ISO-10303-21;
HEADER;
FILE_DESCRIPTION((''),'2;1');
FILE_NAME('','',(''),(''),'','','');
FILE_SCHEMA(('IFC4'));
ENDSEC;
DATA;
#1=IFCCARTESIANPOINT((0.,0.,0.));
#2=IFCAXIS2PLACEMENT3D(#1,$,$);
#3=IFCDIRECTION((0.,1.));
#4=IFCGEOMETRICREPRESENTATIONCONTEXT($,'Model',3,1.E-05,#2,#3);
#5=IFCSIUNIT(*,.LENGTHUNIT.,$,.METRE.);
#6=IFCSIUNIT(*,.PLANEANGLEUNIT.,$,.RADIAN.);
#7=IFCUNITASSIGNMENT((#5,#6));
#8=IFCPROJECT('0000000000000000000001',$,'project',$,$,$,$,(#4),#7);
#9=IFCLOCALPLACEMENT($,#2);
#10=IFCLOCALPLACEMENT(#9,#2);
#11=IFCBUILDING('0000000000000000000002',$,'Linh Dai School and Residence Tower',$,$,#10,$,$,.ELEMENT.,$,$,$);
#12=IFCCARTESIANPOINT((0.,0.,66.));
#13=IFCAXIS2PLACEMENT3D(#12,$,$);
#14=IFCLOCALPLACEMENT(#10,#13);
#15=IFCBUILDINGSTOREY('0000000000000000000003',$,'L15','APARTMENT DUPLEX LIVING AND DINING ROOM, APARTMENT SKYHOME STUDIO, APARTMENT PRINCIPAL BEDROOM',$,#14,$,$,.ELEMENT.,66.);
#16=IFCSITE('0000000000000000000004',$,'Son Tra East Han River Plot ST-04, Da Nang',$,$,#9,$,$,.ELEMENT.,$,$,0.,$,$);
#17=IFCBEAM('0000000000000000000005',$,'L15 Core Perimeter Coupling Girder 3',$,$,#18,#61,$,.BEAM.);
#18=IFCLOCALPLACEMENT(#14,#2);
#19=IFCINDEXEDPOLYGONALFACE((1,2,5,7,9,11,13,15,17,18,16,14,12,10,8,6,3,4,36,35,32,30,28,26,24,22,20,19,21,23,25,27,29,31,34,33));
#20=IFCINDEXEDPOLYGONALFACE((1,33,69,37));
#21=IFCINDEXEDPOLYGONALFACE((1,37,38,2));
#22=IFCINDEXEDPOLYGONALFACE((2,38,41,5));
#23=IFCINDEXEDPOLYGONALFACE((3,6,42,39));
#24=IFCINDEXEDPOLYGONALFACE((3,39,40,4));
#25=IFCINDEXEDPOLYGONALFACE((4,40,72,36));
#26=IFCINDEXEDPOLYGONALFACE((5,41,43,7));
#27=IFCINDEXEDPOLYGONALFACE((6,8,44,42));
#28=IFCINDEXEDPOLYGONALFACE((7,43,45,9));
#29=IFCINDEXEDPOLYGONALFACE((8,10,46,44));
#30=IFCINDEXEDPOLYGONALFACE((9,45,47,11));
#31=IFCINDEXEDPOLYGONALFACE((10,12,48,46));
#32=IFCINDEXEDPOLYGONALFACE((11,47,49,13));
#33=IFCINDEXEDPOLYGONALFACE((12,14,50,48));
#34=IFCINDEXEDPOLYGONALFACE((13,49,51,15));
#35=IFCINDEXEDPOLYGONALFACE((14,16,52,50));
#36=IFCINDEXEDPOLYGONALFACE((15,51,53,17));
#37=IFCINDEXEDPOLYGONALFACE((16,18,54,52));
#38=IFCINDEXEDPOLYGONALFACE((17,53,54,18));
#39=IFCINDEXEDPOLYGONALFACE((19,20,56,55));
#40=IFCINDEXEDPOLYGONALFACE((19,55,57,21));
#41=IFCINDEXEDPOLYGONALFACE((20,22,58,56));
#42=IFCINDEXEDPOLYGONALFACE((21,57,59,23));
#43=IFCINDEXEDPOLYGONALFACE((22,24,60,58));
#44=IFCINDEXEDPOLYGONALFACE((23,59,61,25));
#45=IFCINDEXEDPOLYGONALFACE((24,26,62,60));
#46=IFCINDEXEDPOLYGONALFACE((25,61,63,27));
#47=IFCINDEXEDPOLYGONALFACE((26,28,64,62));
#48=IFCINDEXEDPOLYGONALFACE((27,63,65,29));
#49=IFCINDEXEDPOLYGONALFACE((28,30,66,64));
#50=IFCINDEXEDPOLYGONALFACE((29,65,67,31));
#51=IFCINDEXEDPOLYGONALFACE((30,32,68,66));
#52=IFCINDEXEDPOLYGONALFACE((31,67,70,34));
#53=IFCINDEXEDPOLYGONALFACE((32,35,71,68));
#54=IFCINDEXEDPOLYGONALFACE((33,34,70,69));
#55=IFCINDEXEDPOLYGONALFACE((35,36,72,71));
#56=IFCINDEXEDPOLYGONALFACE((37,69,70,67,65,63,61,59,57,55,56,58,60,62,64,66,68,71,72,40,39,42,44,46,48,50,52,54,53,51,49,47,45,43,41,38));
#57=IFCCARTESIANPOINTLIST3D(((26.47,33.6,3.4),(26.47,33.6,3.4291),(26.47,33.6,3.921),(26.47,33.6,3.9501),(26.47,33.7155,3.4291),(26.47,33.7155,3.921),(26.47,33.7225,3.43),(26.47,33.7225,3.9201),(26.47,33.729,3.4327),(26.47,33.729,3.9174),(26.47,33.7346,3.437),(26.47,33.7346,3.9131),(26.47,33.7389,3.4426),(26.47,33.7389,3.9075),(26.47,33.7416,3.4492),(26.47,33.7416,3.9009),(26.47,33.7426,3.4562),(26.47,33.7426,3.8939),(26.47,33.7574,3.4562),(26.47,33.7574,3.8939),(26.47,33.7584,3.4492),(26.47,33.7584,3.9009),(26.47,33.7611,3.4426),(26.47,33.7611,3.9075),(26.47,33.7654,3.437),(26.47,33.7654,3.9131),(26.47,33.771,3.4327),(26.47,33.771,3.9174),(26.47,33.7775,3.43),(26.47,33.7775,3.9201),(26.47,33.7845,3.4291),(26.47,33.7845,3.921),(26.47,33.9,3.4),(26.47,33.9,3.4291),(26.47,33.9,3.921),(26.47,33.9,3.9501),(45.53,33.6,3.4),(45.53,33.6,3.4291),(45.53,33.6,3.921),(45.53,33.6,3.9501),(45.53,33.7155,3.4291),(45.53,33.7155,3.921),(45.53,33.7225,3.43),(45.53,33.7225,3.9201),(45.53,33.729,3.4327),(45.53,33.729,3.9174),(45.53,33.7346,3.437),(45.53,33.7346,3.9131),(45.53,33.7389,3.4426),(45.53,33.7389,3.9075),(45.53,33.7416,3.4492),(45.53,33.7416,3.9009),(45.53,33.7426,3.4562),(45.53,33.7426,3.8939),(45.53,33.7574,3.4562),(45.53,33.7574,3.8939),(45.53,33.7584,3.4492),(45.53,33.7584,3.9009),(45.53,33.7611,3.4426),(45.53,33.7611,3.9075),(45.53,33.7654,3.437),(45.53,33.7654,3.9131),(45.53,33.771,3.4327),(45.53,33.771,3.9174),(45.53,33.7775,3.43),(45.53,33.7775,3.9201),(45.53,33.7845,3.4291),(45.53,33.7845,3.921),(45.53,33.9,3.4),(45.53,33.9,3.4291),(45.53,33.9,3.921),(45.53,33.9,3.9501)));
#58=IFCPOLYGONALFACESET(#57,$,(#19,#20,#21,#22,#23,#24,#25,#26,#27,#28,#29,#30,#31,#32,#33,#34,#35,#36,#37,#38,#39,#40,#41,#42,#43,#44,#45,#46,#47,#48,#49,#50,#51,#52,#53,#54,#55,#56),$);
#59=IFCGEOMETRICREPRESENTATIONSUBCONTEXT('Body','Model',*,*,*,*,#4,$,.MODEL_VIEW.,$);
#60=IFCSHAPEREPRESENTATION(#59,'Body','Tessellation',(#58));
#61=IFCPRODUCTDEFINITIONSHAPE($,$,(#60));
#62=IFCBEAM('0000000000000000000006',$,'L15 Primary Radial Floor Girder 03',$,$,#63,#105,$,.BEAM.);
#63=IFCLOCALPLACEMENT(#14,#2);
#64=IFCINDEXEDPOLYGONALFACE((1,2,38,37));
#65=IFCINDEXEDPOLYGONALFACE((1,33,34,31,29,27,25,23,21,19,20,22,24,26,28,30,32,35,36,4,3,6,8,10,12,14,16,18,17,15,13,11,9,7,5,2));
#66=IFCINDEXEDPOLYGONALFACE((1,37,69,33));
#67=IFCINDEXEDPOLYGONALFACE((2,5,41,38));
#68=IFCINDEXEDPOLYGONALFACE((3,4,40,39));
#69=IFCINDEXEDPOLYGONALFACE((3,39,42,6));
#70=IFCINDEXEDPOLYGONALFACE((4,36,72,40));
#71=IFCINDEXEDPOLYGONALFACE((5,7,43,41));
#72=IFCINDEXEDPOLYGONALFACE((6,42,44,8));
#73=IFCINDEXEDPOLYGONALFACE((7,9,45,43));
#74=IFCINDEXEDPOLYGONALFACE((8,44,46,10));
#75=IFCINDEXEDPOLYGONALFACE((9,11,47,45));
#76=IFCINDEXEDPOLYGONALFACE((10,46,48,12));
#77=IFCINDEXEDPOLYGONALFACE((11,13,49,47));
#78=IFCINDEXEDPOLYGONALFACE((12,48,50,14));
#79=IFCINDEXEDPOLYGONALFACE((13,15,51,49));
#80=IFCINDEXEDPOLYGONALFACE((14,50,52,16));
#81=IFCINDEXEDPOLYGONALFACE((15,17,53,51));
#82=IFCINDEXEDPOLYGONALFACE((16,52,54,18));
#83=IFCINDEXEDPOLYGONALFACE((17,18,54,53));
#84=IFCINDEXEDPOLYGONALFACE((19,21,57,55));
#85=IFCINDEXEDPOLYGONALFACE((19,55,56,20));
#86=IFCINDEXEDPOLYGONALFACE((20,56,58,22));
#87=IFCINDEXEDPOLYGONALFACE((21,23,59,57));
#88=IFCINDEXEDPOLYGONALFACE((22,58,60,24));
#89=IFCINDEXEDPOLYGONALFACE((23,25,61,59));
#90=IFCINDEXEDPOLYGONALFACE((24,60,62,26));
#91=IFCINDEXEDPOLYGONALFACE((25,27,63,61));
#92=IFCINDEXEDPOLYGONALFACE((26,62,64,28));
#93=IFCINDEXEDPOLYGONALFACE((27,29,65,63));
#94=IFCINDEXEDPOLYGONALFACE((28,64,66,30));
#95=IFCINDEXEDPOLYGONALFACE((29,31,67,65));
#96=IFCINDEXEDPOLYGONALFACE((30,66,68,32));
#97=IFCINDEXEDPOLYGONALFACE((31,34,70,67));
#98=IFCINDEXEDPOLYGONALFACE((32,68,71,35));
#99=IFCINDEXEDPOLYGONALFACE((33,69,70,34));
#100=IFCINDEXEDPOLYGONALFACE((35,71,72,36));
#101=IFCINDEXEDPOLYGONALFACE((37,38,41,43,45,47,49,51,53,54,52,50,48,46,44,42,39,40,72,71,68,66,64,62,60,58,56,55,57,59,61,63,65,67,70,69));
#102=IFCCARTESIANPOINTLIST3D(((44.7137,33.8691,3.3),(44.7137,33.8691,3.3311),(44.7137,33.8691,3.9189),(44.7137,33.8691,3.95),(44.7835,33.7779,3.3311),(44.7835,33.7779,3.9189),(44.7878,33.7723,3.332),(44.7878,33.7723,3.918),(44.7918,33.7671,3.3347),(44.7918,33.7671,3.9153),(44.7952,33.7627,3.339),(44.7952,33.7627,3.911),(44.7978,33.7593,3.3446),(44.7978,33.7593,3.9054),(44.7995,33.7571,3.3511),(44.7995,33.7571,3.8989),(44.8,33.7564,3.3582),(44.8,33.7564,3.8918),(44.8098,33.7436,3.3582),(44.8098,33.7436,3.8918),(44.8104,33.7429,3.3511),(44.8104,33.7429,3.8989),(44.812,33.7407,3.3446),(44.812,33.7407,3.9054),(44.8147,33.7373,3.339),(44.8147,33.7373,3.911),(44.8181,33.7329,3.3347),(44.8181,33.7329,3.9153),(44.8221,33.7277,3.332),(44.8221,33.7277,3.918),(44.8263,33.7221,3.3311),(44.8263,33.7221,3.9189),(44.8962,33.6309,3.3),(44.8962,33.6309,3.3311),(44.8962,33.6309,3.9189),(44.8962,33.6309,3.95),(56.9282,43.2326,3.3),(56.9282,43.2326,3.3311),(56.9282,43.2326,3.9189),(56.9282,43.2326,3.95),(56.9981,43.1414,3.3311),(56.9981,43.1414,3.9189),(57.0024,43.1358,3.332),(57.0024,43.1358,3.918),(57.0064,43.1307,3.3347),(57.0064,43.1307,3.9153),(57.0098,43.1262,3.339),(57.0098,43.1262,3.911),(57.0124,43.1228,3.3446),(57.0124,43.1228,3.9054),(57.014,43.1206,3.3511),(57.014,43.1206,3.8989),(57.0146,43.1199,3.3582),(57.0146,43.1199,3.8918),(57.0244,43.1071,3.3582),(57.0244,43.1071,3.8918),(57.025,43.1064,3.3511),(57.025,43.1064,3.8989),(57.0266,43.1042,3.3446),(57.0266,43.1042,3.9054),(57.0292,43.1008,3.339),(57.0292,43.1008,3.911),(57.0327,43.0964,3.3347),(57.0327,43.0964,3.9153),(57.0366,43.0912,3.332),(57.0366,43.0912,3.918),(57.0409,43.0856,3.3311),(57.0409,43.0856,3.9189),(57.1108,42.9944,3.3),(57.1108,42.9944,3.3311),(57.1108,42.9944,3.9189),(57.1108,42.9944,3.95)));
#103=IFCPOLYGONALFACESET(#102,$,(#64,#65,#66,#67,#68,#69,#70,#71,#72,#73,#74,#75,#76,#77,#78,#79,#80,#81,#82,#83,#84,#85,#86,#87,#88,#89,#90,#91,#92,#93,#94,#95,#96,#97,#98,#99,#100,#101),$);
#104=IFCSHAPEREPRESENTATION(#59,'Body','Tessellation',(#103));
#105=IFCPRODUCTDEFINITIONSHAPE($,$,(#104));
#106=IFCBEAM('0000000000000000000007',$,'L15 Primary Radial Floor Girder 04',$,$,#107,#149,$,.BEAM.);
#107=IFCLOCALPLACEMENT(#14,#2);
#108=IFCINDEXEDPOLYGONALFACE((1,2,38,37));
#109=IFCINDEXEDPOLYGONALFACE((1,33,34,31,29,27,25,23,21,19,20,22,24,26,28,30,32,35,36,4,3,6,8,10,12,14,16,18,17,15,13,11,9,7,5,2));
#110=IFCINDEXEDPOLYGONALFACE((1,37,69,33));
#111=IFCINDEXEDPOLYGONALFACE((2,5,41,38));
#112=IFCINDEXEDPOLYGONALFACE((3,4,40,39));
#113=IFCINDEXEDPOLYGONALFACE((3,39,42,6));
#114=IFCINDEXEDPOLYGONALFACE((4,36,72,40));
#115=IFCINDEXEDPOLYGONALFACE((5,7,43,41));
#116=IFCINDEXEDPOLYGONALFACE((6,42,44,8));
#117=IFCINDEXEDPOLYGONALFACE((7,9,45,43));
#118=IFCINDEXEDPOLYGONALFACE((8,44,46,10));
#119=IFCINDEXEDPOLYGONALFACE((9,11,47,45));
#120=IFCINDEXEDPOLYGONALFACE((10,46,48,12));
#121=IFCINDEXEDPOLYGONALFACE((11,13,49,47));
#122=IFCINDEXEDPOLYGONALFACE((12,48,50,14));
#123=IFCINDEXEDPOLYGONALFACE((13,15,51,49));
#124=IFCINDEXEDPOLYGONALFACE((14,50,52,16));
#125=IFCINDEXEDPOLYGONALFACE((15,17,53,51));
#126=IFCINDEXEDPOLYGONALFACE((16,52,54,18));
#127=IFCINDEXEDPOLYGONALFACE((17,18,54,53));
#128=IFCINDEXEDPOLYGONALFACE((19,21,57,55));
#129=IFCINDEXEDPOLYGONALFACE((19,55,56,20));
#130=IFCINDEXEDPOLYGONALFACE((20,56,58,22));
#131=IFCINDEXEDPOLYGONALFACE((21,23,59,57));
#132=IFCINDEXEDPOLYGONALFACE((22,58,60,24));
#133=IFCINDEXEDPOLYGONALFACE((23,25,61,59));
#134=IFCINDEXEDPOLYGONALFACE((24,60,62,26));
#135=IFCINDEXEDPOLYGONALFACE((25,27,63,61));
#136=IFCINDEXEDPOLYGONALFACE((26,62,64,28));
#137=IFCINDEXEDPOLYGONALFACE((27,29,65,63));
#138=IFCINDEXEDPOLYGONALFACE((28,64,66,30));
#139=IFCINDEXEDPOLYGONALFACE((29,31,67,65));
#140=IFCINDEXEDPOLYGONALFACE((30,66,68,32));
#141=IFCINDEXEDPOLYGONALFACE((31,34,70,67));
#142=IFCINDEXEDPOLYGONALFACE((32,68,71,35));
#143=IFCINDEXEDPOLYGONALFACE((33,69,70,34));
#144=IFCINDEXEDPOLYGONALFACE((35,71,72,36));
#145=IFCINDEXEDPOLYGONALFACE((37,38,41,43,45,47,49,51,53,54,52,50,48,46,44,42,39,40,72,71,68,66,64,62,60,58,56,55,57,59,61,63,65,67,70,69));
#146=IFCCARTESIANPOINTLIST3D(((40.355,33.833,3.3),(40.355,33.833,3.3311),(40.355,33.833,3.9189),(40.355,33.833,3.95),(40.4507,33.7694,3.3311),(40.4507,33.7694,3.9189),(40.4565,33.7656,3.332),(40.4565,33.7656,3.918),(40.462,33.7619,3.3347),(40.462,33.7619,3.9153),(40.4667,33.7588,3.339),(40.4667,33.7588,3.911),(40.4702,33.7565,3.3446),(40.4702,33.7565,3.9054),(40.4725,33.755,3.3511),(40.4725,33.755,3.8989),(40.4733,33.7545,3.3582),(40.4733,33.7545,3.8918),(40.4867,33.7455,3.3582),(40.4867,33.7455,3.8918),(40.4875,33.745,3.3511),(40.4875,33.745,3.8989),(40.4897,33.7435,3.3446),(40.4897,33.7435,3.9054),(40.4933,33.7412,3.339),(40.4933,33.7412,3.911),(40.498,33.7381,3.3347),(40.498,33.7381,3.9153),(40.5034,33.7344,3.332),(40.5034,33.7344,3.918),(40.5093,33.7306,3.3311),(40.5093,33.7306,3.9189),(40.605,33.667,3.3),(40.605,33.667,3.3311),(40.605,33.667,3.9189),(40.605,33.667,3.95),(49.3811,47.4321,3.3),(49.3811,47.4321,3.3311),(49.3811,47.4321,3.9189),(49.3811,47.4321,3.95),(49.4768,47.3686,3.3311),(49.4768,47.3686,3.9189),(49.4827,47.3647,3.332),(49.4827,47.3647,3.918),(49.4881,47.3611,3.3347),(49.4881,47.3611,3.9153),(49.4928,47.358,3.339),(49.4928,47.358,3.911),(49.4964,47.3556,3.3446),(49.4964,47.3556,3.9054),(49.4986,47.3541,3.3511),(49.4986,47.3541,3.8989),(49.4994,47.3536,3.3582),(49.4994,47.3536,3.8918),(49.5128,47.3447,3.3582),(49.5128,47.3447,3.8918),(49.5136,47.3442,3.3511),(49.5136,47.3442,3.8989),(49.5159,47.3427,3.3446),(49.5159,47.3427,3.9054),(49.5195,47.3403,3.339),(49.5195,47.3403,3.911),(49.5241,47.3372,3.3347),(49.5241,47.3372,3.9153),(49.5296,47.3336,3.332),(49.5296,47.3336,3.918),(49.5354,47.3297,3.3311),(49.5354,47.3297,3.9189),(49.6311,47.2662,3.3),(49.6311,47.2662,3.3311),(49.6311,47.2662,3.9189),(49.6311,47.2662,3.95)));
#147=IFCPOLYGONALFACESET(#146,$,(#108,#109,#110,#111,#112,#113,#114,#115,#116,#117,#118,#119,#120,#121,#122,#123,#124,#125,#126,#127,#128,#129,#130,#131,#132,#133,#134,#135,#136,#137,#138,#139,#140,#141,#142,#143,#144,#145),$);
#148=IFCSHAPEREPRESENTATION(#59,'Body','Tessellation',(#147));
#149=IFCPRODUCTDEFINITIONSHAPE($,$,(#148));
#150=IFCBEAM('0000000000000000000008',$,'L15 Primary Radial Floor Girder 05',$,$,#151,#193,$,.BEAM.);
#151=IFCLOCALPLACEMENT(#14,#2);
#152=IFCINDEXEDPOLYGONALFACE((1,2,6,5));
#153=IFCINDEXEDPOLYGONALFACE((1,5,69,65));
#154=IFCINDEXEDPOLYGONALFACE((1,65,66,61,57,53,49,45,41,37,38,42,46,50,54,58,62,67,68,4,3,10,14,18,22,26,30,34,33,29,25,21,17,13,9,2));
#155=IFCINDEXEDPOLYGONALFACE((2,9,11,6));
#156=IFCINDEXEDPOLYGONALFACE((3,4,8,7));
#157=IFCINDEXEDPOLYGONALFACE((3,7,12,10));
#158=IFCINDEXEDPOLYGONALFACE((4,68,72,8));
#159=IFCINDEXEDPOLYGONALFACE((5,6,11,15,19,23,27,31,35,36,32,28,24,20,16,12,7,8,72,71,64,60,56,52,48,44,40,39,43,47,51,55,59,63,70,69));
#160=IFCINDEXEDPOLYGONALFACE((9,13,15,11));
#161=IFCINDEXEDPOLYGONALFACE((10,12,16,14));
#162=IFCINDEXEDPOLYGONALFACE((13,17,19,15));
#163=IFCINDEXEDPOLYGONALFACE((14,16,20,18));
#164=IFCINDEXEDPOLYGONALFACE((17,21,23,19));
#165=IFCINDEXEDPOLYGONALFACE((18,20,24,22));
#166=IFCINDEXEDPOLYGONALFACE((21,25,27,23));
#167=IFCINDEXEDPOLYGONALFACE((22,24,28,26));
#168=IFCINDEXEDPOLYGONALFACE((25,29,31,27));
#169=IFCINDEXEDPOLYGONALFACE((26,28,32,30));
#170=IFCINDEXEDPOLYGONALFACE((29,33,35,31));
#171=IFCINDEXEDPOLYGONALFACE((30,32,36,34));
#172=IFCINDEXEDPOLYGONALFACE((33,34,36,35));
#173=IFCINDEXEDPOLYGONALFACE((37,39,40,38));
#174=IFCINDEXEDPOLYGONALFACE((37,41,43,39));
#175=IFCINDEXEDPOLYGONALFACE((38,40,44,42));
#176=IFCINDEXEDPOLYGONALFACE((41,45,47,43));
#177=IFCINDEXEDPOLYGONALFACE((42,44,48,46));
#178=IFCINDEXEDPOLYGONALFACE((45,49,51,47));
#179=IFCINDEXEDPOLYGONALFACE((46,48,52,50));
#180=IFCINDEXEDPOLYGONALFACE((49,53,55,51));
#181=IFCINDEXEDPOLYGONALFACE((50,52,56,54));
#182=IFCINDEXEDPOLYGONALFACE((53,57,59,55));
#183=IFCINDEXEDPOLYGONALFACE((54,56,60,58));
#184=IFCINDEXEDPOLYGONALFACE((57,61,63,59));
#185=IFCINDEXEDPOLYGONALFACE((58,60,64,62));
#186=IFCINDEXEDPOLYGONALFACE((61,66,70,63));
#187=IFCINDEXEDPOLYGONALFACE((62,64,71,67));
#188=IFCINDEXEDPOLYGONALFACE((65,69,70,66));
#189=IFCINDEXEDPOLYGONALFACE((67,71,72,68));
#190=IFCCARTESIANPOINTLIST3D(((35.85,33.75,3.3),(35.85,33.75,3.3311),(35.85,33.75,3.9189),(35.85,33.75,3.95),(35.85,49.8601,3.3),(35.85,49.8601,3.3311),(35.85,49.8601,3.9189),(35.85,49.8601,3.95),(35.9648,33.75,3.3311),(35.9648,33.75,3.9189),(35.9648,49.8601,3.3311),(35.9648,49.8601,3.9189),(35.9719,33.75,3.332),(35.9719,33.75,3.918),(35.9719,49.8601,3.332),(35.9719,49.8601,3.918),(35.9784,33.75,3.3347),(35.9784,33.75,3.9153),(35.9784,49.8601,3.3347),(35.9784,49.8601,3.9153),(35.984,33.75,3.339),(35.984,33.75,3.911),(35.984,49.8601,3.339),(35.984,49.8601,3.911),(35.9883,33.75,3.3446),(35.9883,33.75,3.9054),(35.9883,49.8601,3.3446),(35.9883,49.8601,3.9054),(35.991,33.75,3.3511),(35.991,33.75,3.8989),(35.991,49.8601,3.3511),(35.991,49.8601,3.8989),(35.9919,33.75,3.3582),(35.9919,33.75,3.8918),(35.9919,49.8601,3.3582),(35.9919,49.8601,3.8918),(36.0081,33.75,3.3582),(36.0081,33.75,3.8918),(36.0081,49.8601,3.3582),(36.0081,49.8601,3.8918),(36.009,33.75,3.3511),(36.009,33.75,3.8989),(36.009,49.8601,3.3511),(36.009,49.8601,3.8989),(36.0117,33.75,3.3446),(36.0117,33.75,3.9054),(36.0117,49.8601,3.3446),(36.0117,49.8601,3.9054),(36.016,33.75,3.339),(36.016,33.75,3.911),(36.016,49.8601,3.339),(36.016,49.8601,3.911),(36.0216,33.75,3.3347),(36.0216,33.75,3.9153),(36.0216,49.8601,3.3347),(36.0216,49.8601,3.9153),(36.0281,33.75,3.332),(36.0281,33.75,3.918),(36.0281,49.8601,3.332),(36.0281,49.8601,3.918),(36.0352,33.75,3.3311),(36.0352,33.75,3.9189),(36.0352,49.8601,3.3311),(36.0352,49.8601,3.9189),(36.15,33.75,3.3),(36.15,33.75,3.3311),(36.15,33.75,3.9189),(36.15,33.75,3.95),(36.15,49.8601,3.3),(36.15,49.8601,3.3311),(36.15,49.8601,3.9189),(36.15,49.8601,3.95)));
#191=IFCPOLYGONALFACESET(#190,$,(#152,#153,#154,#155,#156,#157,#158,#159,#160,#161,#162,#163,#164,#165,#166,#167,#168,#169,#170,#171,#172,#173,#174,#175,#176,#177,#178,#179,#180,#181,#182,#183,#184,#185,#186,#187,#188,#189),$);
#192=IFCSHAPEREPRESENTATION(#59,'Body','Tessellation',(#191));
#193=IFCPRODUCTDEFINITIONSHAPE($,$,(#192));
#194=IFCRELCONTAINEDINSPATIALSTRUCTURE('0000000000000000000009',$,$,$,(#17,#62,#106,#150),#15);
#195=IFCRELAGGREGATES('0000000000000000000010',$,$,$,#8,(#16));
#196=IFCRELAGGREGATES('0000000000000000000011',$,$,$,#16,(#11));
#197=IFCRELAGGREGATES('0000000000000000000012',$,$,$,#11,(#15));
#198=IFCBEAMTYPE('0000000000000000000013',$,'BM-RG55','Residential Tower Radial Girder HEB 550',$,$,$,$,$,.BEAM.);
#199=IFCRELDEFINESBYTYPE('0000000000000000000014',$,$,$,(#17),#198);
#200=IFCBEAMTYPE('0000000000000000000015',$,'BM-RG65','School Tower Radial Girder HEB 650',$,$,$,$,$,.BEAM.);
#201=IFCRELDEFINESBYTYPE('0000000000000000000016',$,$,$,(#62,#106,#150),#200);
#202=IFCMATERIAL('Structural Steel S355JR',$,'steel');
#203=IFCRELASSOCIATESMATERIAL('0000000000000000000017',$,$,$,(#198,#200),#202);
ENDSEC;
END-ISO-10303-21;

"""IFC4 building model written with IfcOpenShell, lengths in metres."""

from ifc_helpers import new_model, si_unit, direction, frame, origin, origin_2d, place, context, subcontext, project, spatial, i_section, extrude, material, material_profile, profile_set, type_object, element, save


model = new_model("IFC4")

# Units and contexts
model_context = context("Model", 3, precision=1e-05, world=origin(), true_north=direction((0.0, 1.0)))
body_context = subcontext(model_context, "Body", "Model", "MODEL_VIEW")
ifc_project = project(units=[si_unit("LENGTHUNIT", "METRE"), si_unit("PLANEANGLEUNIT", "RADIAN")], contexts=[model_context])

# Site, building, storey
site_placement = place(None, origin())
site = spatial("IfcSite", under=ifc_project, at=site_placement, Name="Son Tra East Han River Plot ST-04, Da Nang", CompositionType="ELEMENT", RefElevation=0.0)
building_placement = place(site_placement, origin())
building = spatial("IfcBuilding", under=site, at=building_placement, Name="Linh Dai School and Residence Tower", CompositionType="ELEMENT")
storey_placement = place(building_placement, frame((0.0, 0.0, 66.0)))
storey = spatial("IfcBuildingStorey", under=building, at=storey_placement, Name="L15", Description="APARTMENT DUPLEX LIVING AND DINING ROOM, APARTMENT SKYHOME STUDIO, APARTMENT PRINCIPAL BEDROOM", CompositionType="ELEMENT", Elevation=66.0)

# Shared definitions
ifc_material_1 = material(Name="Structural Steel S355JR", Category="steel")

# Beams
ifc_material_profile_1 = material_profile(ifc_material_1, i_section(OverallWidth=0.3, OverallDepth=0.55, WebThickness=0.0149, FlangeThickness=0.0291, FilletRadius=0.0271, at=origin_2d()), Name="HEB 550")
ifc_profile_set_1 = profile_set([ifc_material_profile_1], Name="Structural Steel S355JR")
beam_type_1 = type_object("IfcBeamType", Name="BM-RG55", Description="Residential Tower Radial Girder HEB 550", PredefinedType="BEAM", material=ifc_profile_set_1)
beam_1_placement = place(storey_placement, frame((45.53, 33.75, 3.675), z_axis=(-1.0, 0.0, 0.0), x_axis=(0.0, -1.0, 0.0)))
element("IfcBeam", 1, at=beam_1_placement, inside=storey, type_object=beam_type_1, Name="L15 Core Perimeter Coupling Girder 3", PredefinedType="BEAM", context=body_context, shape_type="SweptSolid", body=[
    extrude(i_section(OverallWidth=0.3, OverallDepth=0.55, WebThickness=0.0149, FlangeThickness=0.0291, FilletRadius=0.0271, at=origin_2d()), origin(), (0.0, 0.0, 1.0), 19.0601),
])
ifc_material_profile_2 = material_profile(ifc_material_1, i_section(OverallWidth=0.3, OverallDepth=0.6499, WebThickness=0.0161, FlangeThickness=0.031, FilletRadius=0.0271, at=origin_2d()), Name="HEB 650")
ifc_profile_set_2 = profile_set([ifc_material_profile_2], Name="Structural Steel S355JR")
beam_type_2 = type_object("IfcBeamType", Name="BM-RG65", Description="School Tower Radial Girder HEB 650", PredefinedType="BEAM", material=ifc_profile_set_2)
beam_2_placement = place(storey_placement, frame((44.8049, 33.75, 3.625), z_axis=(0.793638, 0.608391, 0.0), x_axis=(-0.608391, 0.793638, 0.0)))
element("IfcBeam", 2, at=beam_2_placement, inside=storey, type_object=beam_type_2, Name="L15 Primary Radial Floor Girder 03", PredefinedType="BEAM", context=body_context, shape_type="SweptSolid", body=[
    extrude(i_section(OverallWidth=0.3, OverallDepth=0.6499, WebThickness=0.0161, FlangeThickness=0.031, FilletRadius=0.0271, at=origin_2d()), origin(), (0.0, 0.0, 1.0), 15.3906),
])
beam_3_placement = place(storey_placement, frame((40.48, 33.75, 3.625), z_axis=(0.553004, 0.833178, 0.0), x_axis=(-0.833178, 0.553004, 0.0)))
element("IfcBeam", 3, at=beam_3_placement, inside=storey, type_object=beam_type_2, Name="L15 Primary Radial Floor Girder 04", PredefinedType="BEAM", context=body_context, shape_type="SweptSolid", body=[
    extrude(i_section(OverallWidth=0.3, OverallDepth=0.6499, WebThickness=0.0161, FlangeThickness=0.031, FilletRadius=0.0271, at=origin_2d()), origin(), (0.0, 0.0, 1.0), 16.322),
])
beam_4_placement = place(storey_placement, frame((36.0, 33.75, 3.625), z_axis=(0.0, 1.0, 0.0), x_axis=(-1.0, 0.0, 0.0)))
element("IfcBeam", 4, at=beam_4_placement, inside=storey, type_object=beam_type_2, Name="L15 Primary Radial Floor Girder 05", PredefinedType="BEAM", context=body_context, shape_type="SweptSolid", body=[
    extrude(i_section(OverallWidth=0.3, OverallDepth=0.6499, WebThickness=0.0161, FlangeThickness=0.031, FilletRadius=0.0271, at=origin_2d()), origin(), (0.0, 0.0, 1.0), 16.1101),
])

save(model, "model.ifc")
